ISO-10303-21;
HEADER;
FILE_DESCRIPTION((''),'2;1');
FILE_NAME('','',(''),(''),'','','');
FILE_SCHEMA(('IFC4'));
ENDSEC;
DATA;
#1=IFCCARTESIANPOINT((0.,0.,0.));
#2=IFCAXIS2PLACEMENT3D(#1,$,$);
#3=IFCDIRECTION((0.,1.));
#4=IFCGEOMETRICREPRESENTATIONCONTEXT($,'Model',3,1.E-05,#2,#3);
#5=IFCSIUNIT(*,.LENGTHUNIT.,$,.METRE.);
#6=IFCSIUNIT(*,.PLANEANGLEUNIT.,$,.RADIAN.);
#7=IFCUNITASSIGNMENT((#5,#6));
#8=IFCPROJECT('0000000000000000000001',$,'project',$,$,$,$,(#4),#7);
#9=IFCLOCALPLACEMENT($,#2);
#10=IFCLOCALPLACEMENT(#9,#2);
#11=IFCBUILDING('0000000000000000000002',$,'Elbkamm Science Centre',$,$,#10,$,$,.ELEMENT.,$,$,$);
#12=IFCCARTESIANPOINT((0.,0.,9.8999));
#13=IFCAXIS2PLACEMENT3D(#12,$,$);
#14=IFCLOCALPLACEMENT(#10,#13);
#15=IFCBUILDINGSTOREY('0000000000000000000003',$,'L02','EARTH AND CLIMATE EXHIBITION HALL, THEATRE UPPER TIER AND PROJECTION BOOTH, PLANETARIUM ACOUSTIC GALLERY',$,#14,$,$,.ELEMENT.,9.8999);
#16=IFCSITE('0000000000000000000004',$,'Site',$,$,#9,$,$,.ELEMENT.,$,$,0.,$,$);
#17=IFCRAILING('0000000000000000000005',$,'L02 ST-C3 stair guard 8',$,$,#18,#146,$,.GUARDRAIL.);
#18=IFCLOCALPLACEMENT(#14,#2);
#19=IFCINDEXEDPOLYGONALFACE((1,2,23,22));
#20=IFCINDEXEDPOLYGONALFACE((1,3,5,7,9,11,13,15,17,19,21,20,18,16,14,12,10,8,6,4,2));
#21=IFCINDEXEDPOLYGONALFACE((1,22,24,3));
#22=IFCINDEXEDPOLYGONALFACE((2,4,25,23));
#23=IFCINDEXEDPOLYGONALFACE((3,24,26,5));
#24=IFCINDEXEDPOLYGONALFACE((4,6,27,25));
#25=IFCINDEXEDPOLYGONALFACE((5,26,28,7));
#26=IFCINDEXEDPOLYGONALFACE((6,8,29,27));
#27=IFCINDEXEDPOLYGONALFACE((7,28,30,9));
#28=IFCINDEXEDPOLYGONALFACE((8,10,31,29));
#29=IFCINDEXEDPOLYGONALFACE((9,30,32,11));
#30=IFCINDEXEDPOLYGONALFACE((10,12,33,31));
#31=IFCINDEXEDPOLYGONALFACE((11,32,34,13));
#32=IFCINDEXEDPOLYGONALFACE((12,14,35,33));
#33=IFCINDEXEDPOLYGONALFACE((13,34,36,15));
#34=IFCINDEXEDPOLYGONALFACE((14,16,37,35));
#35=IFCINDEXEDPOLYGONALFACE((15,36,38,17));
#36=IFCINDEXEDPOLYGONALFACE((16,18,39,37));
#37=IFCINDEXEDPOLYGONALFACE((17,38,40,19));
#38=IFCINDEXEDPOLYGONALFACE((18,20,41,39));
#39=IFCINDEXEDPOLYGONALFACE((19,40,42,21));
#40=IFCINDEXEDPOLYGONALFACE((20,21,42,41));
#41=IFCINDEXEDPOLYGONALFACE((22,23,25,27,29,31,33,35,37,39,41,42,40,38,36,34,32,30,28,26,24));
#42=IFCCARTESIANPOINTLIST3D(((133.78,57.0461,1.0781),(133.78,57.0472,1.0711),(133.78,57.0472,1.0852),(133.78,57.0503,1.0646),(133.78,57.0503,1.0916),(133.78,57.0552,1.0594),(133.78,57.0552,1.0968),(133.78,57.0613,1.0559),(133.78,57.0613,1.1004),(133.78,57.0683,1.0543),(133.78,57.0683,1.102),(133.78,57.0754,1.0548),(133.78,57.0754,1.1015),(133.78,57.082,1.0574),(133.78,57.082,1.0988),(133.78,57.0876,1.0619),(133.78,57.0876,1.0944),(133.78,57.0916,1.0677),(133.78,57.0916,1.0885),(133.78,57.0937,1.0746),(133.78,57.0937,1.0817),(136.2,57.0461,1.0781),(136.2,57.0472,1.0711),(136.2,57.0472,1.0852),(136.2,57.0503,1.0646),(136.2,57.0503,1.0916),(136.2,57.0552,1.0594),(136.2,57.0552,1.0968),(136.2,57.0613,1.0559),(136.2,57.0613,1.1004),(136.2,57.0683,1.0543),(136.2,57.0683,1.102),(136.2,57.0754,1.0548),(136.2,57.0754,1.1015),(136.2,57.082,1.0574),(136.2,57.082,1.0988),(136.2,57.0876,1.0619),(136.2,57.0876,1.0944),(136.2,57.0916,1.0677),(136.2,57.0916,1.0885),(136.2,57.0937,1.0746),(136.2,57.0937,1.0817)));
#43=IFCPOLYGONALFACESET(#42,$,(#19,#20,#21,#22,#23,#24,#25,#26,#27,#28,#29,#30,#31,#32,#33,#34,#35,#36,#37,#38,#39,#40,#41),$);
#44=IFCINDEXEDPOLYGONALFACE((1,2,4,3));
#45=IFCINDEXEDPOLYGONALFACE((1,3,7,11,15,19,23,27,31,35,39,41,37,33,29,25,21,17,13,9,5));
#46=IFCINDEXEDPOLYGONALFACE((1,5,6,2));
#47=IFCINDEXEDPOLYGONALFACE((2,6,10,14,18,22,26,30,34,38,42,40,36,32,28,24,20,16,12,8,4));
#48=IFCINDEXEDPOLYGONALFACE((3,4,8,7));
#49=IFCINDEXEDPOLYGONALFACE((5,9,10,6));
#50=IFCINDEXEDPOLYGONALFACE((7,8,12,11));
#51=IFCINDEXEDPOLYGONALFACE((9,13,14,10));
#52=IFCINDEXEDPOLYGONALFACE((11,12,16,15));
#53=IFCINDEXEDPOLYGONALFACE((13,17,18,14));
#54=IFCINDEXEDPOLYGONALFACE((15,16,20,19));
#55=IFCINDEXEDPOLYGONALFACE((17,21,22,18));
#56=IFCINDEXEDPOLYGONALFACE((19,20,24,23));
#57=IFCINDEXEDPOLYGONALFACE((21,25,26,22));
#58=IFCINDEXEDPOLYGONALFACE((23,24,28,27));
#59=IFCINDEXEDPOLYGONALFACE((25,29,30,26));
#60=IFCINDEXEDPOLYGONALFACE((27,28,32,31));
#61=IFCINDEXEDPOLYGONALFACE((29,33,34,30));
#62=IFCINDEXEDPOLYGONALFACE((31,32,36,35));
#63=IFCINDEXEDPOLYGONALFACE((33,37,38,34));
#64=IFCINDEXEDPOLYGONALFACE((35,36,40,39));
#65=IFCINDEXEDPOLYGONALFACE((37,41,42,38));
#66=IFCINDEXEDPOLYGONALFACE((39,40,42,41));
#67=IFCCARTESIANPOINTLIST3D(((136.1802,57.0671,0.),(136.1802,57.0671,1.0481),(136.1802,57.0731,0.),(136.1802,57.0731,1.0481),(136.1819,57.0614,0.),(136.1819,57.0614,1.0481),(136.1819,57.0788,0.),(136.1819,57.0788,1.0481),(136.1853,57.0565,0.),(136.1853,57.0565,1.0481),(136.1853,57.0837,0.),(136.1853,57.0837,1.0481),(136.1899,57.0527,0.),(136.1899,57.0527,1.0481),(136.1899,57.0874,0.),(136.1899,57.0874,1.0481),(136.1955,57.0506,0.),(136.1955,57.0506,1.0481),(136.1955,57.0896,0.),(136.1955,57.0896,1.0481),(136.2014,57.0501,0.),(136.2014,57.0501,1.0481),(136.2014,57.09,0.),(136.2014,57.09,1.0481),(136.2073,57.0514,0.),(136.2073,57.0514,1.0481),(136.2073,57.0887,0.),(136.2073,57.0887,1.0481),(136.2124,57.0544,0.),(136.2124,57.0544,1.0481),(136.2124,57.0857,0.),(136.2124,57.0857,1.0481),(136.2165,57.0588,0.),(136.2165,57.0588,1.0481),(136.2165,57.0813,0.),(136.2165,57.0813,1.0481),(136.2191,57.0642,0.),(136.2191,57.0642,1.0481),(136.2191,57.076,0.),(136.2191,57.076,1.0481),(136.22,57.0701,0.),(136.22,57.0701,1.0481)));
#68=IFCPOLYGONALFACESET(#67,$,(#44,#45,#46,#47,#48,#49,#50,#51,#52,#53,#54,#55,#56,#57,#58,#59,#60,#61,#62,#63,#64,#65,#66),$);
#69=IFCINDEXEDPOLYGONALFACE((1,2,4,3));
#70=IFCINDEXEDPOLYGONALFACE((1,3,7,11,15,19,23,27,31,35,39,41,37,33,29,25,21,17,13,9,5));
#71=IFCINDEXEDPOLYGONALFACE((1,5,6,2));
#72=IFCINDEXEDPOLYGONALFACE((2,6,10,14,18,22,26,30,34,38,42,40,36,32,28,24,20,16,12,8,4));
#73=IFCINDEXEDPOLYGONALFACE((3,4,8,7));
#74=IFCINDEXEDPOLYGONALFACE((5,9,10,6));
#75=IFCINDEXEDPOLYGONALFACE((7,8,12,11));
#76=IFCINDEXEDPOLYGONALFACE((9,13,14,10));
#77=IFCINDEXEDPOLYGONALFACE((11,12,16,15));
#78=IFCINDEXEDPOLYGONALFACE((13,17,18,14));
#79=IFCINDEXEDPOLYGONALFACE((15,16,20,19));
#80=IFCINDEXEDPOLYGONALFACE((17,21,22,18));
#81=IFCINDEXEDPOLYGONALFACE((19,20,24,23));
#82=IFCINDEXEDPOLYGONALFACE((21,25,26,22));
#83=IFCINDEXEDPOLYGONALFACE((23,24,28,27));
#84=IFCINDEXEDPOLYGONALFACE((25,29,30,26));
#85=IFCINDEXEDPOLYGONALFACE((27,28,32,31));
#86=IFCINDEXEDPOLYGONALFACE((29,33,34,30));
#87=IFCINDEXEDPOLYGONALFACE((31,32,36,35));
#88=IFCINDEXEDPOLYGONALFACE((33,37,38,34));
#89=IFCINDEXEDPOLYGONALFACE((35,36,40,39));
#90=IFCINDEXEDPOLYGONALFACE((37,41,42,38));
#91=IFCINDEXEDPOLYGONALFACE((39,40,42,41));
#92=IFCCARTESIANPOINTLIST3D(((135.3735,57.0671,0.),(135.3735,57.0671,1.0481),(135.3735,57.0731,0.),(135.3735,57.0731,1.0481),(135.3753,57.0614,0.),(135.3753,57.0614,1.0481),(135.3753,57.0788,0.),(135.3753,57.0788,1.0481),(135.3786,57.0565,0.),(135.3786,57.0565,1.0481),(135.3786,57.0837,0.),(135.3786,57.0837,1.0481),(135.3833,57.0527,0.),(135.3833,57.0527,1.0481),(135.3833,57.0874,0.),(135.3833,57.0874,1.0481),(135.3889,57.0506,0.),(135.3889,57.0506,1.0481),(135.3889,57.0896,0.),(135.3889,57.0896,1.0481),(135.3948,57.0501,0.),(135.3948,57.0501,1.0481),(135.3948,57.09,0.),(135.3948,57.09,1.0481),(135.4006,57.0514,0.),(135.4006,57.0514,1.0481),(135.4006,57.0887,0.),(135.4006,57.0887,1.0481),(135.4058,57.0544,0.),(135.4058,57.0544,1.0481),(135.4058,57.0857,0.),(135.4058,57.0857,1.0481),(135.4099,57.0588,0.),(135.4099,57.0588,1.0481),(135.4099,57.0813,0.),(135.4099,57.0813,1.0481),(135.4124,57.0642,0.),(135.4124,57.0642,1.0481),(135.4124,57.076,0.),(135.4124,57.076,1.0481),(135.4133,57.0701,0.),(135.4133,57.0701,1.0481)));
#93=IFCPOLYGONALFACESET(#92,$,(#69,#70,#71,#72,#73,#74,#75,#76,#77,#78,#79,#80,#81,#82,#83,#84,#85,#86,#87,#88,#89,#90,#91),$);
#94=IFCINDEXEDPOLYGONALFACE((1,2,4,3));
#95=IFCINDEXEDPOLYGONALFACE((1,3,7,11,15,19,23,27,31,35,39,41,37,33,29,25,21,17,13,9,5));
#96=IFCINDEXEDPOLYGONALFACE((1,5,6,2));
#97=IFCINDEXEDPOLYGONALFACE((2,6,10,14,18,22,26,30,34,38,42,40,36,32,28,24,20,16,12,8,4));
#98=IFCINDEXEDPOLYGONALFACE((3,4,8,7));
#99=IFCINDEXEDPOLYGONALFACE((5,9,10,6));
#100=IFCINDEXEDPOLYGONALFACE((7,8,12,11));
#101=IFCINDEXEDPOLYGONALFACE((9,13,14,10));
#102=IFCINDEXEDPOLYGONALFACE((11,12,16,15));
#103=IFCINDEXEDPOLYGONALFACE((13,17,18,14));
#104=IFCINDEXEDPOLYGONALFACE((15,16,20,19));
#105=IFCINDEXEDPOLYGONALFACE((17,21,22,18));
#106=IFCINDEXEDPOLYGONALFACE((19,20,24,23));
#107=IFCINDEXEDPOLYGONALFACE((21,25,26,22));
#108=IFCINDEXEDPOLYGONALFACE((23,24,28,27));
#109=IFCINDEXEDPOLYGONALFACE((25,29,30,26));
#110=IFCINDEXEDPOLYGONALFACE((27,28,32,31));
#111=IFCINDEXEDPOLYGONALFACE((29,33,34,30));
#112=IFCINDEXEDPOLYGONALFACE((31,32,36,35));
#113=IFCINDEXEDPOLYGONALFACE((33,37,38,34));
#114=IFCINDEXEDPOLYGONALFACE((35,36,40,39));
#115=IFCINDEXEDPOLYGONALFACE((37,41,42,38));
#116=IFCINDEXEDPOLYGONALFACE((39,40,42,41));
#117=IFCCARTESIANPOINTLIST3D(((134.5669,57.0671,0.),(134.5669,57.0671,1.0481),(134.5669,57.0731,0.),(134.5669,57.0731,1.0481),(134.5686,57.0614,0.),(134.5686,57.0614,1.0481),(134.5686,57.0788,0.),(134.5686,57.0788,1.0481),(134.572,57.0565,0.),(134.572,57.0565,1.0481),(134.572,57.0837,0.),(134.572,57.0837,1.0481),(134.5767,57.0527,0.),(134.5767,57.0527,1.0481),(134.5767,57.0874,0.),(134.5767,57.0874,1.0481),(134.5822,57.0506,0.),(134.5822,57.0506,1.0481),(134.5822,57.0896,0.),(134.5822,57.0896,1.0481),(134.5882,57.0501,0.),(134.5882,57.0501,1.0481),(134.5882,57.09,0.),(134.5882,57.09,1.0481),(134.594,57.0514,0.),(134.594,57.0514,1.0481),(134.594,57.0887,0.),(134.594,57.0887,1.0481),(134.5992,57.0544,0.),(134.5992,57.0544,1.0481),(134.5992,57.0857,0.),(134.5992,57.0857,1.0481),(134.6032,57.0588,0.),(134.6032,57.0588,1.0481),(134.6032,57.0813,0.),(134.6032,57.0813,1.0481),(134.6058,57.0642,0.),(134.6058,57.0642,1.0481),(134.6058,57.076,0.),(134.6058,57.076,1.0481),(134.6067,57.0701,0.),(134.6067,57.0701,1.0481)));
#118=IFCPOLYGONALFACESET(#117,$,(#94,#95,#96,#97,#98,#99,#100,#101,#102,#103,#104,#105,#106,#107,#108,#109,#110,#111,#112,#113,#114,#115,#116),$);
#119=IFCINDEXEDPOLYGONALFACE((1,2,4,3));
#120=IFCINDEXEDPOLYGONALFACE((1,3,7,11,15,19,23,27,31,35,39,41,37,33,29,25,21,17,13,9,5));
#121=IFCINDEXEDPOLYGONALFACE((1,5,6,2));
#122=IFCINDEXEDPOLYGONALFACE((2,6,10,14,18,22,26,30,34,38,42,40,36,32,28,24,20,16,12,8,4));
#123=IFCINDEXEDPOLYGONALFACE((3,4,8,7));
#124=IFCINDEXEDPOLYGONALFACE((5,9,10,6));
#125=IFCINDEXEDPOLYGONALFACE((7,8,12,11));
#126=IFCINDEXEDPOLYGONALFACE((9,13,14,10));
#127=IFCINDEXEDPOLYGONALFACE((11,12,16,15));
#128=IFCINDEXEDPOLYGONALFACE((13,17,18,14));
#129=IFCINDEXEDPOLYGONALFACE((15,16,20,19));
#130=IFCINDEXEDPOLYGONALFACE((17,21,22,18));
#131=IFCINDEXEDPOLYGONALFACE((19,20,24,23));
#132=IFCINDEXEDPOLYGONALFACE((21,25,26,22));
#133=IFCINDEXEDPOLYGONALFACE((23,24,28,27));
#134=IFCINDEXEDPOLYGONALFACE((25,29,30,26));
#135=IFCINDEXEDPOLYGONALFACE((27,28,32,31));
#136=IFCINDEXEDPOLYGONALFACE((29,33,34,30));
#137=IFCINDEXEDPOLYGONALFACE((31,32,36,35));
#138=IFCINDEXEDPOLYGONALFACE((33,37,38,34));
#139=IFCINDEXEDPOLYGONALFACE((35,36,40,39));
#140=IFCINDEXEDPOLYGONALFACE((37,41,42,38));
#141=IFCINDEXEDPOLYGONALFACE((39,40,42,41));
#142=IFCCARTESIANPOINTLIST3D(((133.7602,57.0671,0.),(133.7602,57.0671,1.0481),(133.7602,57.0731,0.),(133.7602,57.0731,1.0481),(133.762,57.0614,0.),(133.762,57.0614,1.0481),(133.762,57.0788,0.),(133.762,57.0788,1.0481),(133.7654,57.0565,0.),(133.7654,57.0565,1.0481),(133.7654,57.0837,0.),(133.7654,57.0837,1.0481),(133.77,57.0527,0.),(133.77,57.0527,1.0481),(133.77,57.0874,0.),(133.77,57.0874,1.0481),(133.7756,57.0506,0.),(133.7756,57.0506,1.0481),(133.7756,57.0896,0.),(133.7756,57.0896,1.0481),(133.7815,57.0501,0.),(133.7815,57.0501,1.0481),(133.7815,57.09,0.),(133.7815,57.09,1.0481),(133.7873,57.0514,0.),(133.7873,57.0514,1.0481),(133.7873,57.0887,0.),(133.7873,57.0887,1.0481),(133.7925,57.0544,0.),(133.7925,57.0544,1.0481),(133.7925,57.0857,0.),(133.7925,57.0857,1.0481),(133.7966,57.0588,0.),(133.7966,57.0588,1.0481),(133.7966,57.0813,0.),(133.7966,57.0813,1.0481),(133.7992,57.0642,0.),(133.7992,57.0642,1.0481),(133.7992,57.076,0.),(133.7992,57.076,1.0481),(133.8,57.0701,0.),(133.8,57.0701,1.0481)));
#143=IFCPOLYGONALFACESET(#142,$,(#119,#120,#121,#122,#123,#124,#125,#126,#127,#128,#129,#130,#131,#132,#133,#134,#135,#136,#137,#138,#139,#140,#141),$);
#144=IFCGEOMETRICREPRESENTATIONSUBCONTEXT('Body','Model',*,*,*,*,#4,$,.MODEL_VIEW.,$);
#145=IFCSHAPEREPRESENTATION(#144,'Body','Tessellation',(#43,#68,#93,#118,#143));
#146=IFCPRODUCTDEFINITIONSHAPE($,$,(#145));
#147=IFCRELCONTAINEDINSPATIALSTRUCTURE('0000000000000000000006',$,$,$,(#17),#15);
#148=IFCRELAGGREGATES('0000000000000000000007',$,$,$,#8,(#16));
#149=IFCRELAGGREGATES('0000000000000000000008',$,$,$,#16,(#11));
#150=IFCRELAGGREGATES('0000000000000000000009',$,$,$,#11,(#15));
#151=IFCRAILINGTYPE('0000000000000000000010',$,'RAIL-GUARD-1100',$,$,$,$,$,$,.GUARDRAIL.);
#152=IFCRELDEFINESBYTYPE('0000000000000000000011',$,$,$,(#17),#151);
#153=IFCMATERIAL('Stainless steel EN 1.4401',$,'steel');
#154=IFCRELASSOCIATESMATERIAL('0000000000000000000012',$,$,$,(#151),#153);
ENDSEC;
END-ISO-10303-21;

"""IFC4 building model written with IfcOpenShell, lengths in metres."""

from ifc_helpers import new_model, si_unit, direction, frame, origin, origin_2d, place, context, subcontext, project, spatial, circle, extrude, material, type_object, element, save


model = new_model("IFC4")

# Units and contexts
model_context = context("Model", 3, precision=1e-05, world=origin(), true_north=direction((0.0, 1.0)))
body_context = subcontext(model_context, "Body", "Model", "MODEL_VIEW")
ifc_project = project(units=[si_unit("LENGTHUNIT", "METRE"), si_unit("PLANEANGLEUNIT", "RADIAN")], contexts=[model_context])

# Site, building, storey
site_placement = place(None, origin())
site = spatial("IfcSite", under=ifc_project, at=site_placement, Name="Site", CompositionType="ELEMENT", RefElevation=0.0)
building_placement = place(site_placement, origin())
building = spatial("IfcBuilding", under=site, at=building_placement, Name="Elbkamm Science Centre", CompositionType="ELEMENT")
storey_placement = place(building_placement, frame((0.0, 0.0, 9.8999)))
storey = spatial("IfcBuildingStorey", under=building, at=storey_placement, Name="L02", Description="EARTH AND CLIMATE EXHIBITION HALL, THEATRE UPPER TIER AND PROJECTION BOOTH, PLANETARIUM ACOUSTIC GALLERY", CompositionType="ELEMENT", Elevation=9.8999)

# Railing
ifc_material_1 = material(Name="Stainless steel EN 1.4401", Category="steel")
railing_type_1 = type_object("IfcRailingType", Name="RAIL-GUARD-1100", PredefinedType="GUARDRAIL", material=ifc_material_1)
railing_1_placement = place(storey_placement, frame((136.2, 57.0701, 0.0)))
element("IfcRailing", 1, at=railing_1_placement, inside=storey, type_object=railing_type_1, Name="L02 ST-C3 stair guard 8", PredefinedType="GUARDRAIL", context=body_context, shape_type="SweptSolid", body=[
    extrude(circle(Radius=0.0239, at=origin_2d()), frame((0.0, 0.0, 1.0781), z_axis=(-1.0, 0.0, 0.0), x_axis=(0.0, -1.0, 0.0)), (0.0, 0.0, 1.0), 2.4199),
    extrude(circle(Radius=0.02, at=origin_2d()), origin(), (0.0, 0.0, 1.0), 1.0481),
    extrude(circle(Radius=0.02, at=origin_2d()), frame((-0.8066, 0.0, 0.0)), (0.0, 0.0, 1.0), 1.0481),
    extrude(circle(Radius=0.02, at=origin_2d()), frame((-1.6133, 0.0, 0.0)), (0.0, 0.0, 1.0), 1.0481),
    extrude(circle(Radius=0.02, at=origin_2d()), frame((-2.4199, 0.0, 0.0)), (0.0, 0.0, 1.0), 1.0481),
])

save(model, "model.ifc")
